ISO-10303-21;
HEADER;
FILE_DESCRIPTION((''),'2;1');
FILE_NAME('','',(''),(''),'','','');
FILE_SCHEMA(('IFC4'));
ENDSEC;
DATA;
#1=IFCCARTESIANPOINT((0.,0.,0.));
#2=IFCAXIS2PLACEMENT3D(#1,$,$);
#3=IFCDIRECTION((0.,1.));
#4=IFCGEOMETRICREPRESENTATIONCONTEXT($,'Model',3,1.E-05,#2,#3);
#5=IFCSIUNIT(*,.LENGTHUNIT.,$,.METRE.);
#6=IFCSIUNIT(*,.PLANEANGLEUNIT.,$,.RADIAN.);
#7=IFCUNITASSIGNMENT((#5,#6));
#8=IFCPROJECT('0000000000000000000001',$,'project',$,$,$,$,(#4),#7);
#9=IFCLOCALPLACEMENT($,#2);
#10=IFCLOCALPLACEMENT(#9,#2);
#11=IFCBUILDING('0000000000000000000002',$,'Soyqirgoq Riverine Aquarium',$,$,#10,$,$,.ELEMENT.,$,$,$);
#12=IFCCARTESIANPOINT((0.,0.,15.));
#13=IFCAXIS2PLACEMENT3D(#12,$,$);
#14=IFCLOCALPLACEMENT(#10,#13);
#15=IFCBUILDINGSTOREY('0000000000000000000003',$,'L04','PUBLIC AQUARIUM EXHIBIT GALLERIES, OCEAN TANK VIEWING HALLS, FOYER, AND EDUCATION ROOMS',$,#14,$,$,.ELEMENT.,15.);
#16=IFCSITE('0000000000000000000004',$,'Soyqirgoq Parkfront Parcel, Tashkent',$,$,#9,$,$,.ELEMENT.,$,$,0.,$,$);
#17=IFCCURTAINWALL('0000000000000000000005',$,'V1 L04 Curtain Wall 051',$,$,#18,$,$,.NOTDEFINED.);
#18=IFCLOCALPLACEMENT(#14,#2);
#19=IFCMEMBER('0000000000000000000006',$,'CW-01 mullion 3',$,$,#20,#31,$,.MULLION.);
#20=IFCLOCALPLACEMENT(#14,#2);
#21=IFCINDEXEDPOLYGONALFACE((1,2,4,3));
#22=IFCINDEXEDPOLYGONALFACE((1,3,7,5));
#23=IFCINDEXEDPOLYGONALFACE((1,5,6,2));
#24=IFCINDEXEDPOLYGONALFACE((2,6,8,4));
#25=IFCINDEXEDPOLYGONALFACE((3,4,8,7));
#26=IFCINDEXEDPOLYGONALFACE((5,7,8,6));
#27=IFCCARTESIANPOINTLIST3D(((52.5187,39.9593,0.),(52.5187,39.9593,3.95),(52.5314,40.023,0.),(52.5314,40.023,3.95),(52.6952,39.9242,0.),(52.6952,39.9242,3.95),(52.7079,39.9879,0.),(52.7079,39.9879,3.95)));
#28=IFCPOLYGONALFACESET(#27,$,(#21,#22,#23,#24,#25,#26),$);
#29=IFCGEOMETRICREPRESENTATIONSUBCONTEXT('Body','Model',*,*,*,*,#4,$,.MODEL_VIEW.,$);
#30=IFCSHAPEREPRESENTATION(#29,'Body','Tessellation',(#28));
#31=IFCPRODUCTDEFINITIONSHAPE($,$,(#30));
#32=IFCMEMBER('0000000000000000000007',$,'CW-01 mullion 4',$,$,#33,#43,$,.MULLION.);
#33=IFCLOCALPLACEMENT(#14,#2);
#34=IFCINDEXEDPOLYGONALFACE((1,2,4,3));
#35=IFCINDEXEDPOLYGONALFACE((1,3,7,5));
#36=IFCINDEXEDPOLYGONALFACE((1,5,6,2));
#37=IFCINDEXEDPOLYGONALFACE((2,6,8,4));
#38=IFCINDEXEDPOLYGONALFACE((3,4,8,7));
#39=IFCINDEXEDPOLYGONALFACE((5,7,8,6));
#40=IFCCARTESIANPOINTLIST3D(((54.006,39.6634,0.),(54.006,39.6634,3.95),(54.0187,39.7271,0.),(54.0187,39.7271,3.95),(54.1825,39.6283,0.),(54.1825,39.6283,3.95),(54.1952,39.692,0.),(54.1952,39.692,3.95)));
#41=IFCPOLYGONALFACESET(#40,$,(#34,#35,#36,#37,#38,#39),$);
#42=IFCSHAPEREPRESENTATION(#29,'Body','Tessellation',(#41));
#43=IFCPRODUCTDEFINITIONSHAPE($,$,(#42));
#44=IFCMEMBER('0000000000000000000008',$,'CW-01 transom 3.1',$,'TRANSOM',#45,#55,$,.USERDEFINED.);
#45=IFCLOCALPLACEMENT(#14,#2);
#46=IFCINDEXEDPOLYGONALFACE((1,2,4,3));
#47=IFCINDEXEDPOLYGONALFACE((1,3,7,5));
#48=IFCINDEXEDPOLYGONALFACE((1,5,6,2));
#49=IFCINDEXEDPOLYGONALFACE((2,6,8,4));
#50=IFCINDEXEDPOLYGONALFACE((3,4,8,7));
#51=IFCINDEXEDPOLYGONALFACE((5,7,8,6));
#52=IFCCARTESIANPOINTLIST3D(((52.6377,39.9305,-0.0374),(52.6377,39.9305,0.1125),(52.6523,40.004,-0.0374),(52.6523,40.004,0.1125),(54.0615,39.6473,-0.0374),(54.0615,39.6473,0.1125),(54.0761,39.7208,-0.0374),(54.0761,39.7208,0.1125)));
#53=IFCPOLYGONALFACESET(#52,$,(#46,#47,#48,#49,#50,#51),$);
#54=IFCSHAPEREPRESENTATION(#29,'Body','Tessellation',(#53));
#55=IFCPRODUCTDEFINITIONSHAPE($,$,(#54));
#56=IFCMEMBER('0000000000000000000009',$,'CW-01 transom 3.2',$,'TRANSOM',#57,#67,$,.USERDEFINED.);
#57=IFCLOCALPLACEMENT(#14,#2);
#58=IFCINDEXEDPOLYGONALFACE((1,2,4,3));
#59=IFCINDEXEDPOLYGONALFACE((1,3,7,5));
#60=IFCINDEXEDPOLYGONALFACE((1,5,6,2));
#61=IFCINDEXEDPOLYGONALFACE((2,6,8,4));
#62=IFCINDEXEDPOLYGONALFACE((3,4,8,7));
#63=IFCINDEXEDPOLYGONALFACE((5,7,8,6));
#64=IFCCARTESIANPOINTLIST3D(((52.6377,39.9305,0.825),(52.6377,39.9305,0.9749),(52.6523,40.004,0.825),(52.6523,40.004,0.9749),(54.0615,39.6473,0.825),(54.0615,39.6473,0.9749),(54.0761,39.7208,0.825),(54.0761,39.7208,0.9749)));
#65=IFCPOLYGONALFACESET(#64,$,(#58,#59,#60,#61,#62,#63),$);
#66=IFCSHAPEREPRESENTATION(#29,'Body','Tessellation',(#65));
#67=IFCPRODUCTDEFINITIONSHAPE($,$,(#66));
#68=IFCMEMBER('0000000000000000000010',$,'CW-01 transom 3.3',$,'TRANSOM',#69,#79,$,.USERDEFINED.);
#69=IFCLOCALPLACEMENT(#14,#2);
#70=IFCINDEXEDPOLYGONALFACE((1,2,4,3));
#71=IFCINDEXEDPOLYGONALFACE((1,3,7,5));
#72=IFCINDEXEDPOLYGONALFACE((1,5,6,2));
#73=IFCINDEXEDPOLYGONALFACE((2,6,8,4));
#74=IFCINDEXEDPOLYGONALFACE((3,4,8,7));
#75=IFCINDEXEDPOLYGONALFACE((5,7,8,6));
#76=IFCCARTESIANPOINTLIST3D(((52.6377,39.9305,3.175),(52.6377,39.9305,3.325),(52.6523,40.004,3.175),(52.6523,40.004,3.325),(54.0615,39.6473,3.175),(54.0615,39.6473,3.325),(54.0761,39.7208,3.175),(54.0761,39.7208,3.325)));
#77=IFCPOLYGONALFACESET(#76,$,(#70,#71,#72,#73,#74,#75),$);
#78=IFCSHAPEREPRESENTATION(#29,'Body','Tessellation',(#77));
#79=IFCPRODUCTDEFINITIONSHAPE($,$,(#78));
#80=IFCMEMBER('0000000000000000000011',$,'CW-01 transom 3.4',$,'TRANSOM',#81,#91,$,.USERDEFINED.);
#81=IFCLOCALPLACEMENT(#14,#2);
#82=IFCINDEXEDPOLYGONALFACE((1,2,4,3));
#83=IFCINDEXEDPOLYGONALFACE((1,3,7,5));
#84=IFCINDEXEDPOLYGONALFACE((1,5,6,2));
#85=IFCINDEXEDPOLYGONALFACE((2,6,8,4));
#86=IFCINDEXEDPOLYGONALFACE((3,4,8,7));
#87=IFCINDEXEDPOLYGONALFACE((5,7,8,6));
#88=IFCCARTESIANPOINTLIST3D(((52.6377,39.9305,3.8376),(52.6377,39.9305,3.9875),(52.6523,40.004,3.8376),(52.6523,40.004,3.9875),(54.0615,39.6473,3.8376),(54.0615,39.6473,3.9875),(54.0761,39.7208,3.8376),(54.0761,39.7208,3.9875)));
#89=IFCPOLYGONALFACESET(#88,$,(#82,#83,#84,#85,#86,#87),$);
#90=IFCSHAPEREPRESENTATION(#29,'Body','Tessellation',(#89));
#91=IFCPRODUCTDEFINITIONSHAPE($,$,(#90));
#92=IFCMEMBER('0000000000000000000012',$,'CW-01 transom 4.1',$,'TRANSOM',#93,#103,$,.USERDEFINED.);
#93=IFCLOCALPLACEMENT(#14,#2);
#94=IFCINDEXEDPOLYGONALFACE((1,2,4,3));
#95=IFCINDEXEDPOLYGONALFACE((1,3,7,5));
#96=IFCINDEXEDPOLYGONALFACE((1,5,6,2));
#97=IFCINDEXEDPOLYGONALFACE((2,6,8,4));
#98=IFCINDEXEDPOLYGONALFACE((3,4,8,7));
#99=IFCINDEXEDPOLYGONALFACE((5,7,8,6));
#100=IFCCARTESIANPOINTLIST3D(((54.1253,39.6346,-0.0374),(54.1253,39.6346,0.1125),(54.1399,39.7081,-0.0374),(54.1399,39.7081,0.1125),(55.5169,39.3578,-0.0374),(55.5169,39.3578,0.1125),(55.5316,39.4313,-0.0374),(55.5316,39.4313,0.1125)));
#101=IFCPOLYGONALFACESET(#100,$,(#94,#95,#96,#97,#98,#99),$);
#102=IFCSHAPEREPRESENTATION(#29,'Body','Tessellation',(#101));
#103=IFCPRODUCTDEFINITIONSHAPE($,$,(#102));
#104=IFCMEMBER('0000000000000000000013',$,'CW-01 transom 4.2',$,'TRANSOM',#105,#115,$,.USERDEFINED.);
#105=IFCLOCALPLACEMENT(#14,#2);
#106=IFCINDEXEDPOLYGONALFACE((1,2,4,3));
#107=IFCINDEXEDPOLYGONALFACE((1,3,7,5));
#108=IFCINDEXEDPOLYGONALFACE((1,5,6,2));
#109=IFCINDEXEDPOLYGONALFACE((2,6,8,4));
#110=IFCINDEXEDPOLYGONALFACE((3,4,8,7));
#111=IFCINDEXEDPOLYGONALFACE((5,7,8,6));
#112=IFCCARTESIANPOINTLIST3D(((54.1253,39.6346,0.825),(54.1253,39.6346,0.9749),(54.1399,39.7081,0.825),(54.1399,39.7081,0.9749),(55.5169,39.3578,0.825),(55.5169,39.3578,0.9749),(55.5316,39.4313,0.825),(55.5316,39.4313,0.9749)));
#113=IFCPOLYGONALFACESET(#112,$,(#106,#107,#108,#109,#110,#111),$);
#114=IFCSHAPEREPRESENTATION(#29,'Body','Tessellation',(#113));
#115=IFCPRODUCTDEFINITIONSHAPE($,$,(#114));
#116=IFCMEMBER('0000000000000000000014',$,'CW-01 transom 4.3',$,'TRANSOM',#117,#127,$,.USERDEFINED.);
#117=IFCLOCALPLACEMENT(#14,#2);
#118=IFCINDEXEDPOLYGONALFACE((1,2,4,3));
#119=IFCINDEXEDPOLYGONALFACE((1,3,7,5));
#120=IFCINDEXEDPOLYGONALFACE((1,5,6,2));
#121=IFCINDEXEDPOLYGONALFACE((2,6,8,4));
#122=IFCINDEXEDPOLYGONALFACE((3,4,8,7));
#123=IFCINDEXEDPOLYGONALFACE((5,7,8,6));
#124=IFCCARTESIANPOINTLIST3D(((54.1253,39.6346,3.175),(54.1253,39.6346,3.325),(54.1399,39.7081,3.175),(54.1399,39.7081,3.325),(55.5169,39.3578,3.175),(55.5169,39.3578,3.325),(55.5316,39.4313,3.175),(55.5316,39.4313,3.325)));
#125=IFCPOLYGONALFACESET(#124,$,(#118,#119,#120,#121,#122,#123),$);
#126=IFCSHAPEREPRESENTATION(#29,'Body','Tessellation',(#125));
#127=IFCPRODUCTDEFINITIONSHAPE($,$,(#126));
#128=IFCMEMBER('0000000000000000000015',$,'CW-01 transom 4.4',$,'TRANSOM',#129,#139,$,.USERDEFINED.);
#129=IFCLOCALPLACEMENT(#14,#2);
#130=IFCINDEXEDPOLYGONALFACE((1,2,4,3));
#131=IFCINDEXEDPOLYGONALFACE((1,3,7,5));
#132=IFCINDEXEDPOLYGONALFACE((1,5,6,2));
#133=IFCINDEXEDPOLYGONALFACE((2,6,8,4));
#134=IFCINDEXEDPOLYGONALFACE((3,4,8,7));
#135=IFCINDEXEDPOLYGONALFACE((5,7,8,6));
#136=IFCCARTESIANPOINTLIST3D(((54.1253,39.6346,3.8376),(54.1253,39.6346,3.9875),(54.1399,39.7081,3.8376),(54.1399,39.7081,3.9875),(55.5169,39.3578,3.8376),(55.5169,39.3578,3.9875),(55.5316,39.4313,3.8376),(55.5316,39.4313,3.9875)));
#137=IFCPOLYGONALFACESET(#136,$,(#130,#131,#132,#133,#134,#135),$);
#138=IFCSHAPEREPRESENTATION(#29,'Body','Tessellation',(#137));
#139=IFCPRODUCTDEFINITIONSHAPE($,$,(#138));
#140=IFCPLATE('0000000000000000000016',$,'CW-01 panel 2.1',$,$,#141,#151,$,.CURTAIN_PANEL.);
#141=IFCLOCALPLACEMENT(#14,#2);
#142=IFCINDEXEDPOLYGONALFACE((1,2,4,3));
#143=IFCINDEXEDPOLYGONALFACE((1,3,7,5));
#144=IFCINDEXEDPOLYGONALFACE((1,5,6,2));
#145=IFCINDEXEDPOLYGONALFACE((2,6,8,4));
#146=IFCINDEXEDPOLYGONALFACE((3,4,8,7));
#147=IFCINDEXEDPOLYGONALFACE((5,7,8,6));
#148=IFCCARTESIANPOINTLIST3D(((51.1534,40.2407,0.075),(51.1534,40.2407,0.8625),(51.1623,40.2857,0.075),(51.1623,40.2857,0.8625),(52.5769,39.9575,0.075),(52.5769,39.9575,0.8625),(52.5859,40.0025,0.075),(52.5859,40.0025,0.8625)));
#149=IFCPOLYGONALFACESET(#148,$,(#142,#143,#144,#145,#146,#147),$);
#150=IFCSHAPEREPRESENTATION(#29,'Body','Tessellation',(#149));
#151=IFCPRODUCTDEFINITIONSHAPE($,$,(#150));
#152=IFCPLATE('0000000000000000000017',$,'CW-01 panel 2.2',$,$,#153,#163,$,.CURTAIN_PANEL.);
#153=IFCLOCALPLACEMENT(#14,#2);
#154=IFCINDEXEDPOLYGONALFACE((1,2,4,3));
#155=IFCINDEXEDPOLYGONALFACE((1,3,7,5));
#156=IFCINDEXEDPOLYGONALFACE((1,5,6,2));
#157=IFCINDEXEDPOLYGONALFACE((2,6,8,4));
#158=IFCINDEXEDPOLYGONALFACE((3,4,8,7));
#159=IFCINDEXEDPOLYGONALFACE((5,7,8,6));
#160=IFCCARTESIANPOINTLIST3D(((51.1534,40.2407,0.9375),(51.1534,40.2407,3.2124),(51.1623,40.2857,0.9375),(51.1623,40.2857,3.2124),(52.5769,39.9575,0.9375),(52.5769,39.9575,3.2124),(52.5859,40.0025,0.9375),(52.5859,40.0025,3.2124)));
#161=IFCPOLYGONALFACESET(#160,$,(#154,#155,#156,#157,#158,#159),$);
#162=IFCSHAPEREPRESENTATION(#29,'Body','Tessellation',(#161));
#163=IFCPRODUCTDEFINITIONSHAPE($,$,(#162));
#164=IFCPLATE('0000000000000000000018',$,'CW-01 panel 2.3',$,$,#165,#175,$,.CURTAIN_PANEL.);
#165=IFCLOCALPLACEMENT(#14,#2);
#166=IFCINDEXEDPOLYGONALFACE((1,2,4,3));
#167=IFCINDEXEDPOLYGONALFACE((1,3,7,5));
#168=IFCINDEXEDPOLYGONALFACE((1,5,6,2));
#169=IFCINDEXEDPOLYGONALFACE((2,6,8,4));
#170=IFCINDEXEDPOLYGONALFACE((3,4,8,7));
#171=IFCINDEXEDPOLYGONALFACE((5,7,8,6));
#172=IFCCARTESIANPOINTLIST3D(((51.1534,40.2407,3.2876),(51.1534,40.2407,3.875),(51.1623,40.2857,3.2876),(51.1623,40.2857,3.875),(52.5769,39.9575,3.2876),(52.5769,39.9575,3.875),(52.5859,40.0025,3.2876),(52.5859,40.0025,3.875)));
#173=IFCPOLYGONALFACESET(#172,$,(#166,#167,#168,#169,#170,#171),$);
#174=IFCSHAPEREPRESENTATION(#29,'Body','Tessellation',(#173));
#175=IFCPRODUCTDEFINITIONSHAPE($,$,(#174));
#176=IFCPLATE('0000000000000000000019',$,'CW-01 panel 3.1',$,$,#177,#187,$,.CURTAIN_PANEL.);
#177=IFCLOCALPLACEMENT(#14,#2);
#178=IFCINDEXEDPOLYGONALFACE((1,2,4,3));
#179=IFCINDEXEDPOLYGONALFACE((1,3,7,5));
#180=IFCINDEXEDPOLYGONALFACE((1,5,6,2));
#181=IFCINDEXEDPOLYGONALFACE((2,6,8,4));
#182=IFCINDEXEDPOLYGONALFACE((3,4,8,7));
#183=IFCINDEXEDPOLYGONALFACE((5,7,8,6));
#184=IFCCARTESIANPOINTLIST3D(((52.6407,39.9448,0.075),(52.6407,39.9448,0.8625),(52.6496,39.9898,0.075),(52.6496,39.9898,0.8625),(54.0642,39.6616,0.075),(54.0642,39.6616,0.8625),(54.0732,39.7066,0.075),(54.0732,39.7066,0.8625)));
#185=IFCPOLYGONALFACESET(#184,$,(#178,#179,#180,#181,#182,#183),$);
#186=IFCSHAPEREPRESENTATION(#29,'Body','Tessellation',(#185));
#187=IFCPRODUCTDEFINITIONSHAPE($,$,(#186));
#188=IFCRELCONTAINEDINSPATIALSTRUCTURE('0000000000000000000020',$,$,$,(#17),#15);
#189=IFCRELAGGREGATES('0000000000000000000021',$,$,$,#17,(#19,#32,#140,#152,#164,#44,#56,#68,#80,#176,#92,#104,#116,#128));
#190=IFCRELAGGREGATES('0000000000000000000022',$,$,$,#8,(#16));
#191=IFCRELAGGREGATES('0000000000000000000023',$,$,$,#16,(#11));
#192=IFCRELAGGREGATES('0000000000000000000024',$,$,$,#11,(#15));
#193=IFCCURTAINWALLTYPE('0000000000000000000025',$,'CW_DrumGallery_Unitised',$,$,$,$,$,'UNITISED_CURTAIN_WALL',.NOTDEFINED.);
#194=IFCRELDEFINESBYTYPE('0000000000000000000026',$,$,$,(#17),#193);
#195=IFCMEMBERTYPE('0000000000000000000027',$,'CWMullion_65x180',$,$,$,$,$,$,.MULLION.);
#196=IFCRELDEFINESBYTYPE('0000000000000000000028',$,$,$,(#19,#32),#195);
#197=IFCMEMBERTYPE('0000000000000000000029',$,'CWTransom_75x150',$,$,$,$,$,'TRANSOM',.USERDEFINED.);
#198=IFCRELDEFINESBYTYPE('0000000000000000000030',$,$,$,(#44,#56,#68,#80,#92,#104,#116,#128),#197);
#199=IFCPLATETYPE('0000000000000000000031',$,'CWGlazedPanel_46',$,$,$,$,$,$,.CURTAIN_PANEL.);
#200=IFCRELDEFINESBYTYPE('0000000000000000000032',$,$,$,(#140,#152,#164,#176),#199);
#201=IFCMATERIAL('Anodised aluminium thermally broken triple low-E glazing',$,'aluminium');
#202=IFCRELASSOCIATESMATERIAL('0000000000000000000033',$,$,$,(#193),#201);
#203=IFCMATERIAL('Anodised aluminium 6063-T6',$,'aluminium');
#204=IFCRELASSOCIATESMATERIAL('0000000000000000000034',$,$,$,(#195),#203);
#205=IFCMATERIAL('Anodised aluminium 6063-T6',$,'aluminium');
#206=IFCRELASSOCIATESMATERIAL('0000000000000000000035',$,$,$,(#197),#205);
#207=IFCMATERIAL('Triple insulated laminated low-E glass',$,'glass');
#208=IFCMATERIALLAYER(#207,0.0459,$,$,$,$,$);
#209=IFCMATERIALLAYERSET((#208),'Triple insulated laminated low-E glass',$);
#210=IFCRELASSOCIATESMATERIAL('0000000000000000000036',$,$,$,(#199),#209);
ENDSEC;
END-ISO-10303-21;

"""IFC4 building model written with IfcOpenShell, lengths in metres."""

from ifc_helpers import new_model, si_unit, direction, frame, origin, origin_2d, place, context, subcontext, project, spatial, rectangle, extrude, material, layer, layer_set, material_profile, profile_set, type_object, element, aggregate, save


model = new_model("IFC4")

# Units and contexts
model_context = context("Model", 3, precision=1e-05, world=origin(), true_north=direction((0.0, 1.0)))
body_context = subcontext(model_context, "Body", "Model", "MODEL_VIEW")
ifc_project = project(units=[si_unit("LENGTHUNIT", "METRE"), si_unit("PLANEANGLEUNIT", "RADIAN")], contexts=[model_context])

# Site, building, storey
site_placement = place(None, origin())
site = spatial("IfcSite", under=ifc_project, at=site_placement, Name="Soyqirgoq Parkfront Parcel, Tashkent", CompositionType="ELEMENT", RefElevation=0.0)
building_placement = place(site_placement, origin())
building = spatial("IfcBuilding", under=site, at=building_placement, Name="Soyqirgoq Riverine Aquarium", CompositionType="ELEMENT")
storey_placement = place(building_placement, frame((0.0, 0.0, 15.0)))
storey = spatial("IfcBuildingStorey", under=building, at=storey_placement, Name="L04", Description="PUBLIC AQUARIUM EXHIBIT GALLERIES, OCEAN TANK VIEWING HALLS, FOYER, AND EDUCATION ROOMS", CompositionType="ELEMENT", Elevation=15.0)

# Curtain wall, members, plates
ifc_material_1 = material(Name="Anodised aluminium thermally broken triple low-E glazing", Category="aluminium")
curtain_wall_type = type_object("IfcCurtainWallType", Name="CW_DrumGallery_Unitised", ElementType="UNITISED_CURTAIN_WALL", PredefinedType="NOTDEFINED", material=ifc_material_1)
curtain_wall_placement = place(storey_placement, origin())
curtain_wall = element("IfcCurtainWall", 1, at=curtain_wall_placement, inside=storey, type_object=curtain_wall_type, Name="V1 L04 Curtain Wall 051", PredefinedType="NOTDEFINED")
ifc_material_2 = material(Name="Anodised aluminium 6063-T6", Category="aluminium")
ifc_material_profile_1 = material_profile(ifc_material_2, rectangle(XDim=0.0649, YDim=0.1799, at=origin_2d()), Name="ALU-M 65x180")
ifc_profile_set_1 = profile_set([ifc_material_profile_1], Name="Anodised aluminium 6063-T6")
member_type_1 = type_object("IfcMemberType", Name="CWMullion_65x180", PredefinedType="MULLION", material=ifc_profile_set_1)
member_1_placement = place(storey_placement, frame((52.6133, 39.9736, 0.0), z_axis=(0.0, 0.0, 1.0), x_axis=(0.195102, 0.980783, 0.0)))
member_1 = element("IfcMember", 2, at=member_1_placement, type_object=member_type_1, Name="CW-01 mullion 3", PredefinedType="MULLION", context=body_context, shape_type="SweptSolid", body=[
    extrude(rectangle(XDim=0.0649, YDim=0.1799, at=origin_2d()), origin(), (0.0, 0.0, 1.0), 3.95),
])
member_2_placement = place(storey_placement, frame((54.1006, 39.6777, 0.0), z_axis=(0.0, 0.0, 1.0), x_axis=(0.195102, 0.980783, 0.0)))
member_2 = element("IfcMember", 3, at=member_2_placement, type_object=member_type_1, Name="CW-01 mullion 4", PredefinedType="MULLION", context=body_context, shape_type="SweptSolid", body=[
    extrude(rectangle(XDim=0.0649, YDim=0.1799, at=origin_2d()), origin(), (0.0, 0.0, 1.0), 3.95),
])
ifc_material_3 = material(Name="Anodised aluminium 6063-T6", Category="aluminium")
ifc_material_profile_2 = material_profile(ifc_material_3, rectangle(XDim=0.075, YDim=0.1499, at=origin_2d()), Name="ALU-T 75x150")
ifc_profile_set_2 = profile_set([ifc_material_profile_2], Name="Anodised aluminium 6063-T6")
member_type_2 = type_object("IfcMemberType", Name="CWTransom_75x150", ElementType="TRANSOM", PredefinedType="USERDEFINED", material=ifc_profile_set_2)
member_3_placement = place(storey_placement, frame((52.645, 39.9673, 0.0376), z_axis=(0.980787, -0.195081, 0.0), x_axis=(0.195081, 0.980787, 0.0)))
member_3 = element("IfcMember", 4, at=member_3_placement, type_object=member_type_2, Name="CW-01 transom 3.1", ObjectType="TRANSOM", PredefinedType="USERDEFINED", context=body_context, shape_type="SweptSolid", body=[
    extrude(rectangle(XDim=0.075, YDim=0.1499, at=origin_2d()), origin(), (0.0, 0.0, 1.0), 1.4517),
])
member_4_placement = place(storey_placement, frame((52.645, 39.9673, 0.8999), z_axis=(0.980787, -0.195081, 0.0), x_axis=(0.195081, 0.980787, 0.0)))
member_4 = element("IfcMember", 5, at=member_4_placement, type_object=member_type_2, Name="CW-01 transom 3.2", ObjectType="TRANSOM", PredefinedType="USERDEFINED", context=body_context, shape_type="SweptSolid", body=[
    extrude(rectangle(XDim=0.075, YDim=0.1499, at=origin_2d()), origin(), (0.0, 0.0, 1.0), 1.4517),
])
member_5_placement = place(storey_placement, frame((52.645, 39.9673, 3.25), z_axis=(0.980787, -0.195081, 0.0), x_axis=(0.195081, 0.980787, 0.0)))
member_5 = element("IfcMember", 6, at=member_5_placement, type_object=member_type_2, Name="CW-01 transom 3.3", ObjectType="TRANSOM", PredefinedType="USERDEFINED", context=body_context, shape_type="SweptSolid", body=[
    extrude(rectangle(XDim=0.075, YDim=0.1499, at=origin_2d()), origin(), (0.0, 0.0, 1.0), 1.4517),
])
member_6_placement = place(storey_placement, frame((52.645, 39.9673, 3.9126), z_axis=(0.980787, -0.195081, 0.0), x_axis=(0.195081, 0.980787, 0.0)))
member_6 = element("IfcMember", 7, at=member_6_placement, type_object=member_type_2, Name="CW-01 transom 3.4", ObjectType="TRANSOM", PredefinedType="USERDEFINED", context=body_context, shape_type="SweptSolid", body=[
    extrude(rectangle(XDim=0.075, YDim=0.1499, at=origin_2d()), origin(), (0.0, 0.0, 1.0), 1.4517),
])
member_7_placement = place(storey_placement, frame((54.1326, 39.6714, 0.0376), z_axis=(0.980779, -0.195123, 0.0), x_axis=(0.195123, 0.980779, 0.0)))
member_7 = element("IfcMember", 8, at=member_7_placement, type_object=member_type_2, Name="CW-01 transom 4.1", ObjectType="TRANSOM", PredefinedType="USERDEFINED", context=body_context, shape_type="SweptSolid", body=[
    extrude(rectangle(XDim=0.075, YDim=0.1499, at=origin_2d()), origin(), (0.0, 0.0, 1.0), 1.4189),
])
member_8_placement = place(storey_placement, frame((54.1326, 39.6714, 0.8999), z_axis=(0.980779, -0.195123, 0.0), x_axis=(0.195123, 0.980779, 0.0)))
member_8 = element("IfcMember", 9, at=member_8_placement, type_object=member_type_2, Name="CW-01 transom 4.2", ObjectType="TRANSOM", PredefinedType="USERDEFINED", context=body_context, shape_type="SweptSolid", body=[
    extrude(rectangle(XDim=0.075, YDim=0.1499, at=origin_2d()), origin(), (0.0, 0.0, 1.0), 1.4189),
])
member_9_placement = place(storey_placement, frame((54.1326, 39.6714, 3.25), z_axis=(0.980779, -0.195123, 0.0), x_axis=(0.195123, 0.980779, 0.0)))
member_9 = element("IfcMember", 10, at=member_9_placement, type_object=member_type_2, Name="CW-01 transom 4.3", ObjectType="TRANSOM", PredefinedType="USERDEFINED", context=body_context, shape_type="SweptSolid", body=[
    extrude(rectangle(XDim=0.075, YDim=0.1499, at=origin_2d()), origin(), (0.0, 0.0, 1.0), 1.4189),
])
member_10_placement = place(storey_placement, frame((54.1326, 39.6714, 3.9126), z_axis=(0.980779, -0.195123, 0.0), x_axis=(0.195123, 0.980779, 0.0)))
member_10 = element("IfcMember", 11, at=member_10_placement, type_object=member_type_2, Name="CW-01 transom 4.4", ObjectType="TRANSOM", PredefinedType="USERDEFINED", context=body_context, shape_type="SweptSolid", body=[
    extrude(rectangle(XDim=0.075, YDim=0.1499, at=origin_2d()), origin(), (0.0, 0.0, 1.0), 1.4189),
])
ifc_material_4 = material(Name="Triple insulated laminated low-E glass", Category="glass")
ifc_layer_1 = layer(ifc_material_4, 0.0459)
ifc_layer_set_1 = layer_set([ifc_layer_1], Name="Triple insulated laminated low-E glass")
plate_type = type_object("IfcPlateType", Name="CWGlazedPanel_46", PredefinedType="CURTAIN_PANEL", material=ifc_layer_set_1)
plate_1_placement = place(storey_placement, frame((51.8696, 40.1216, 0.075), z_axis=(0.0, 0.0, 1.0), x_axis=(0.980783, -0.195102, 0.0)))
plate_1 = element("IfcPlate", 12, at=plate_1_placement, type_object=plate_type, Name="CW-01 panel 2.1", PredefinedType="CURTAIN_PANEL", context=body_context, shape_type="SweptSolid", body=[
    extrude(rectangle(XDim=1.4514, YDim=0.0459, at=origin_2d()), origin(), (0.0, 0.0, 1.0), 0.7876),
])
plate_2_placement = place(storey_placement, frame((51.8696, 40.1216, 0.9375), z_axis=(0.0, 0.0, 1.0), x_axis=(0.980783, -0.195102, 0.0)))
plate_2 = element("IfcPlate", 13, at=plate_2_placement, type_object=plate_type, Name="CW-01 panel 2.2", PredefinedType="CURTAIN_PANEL", context=body_context, shape_type="SweptSolid", body=[
    extrude(rectangle(XDim=1.4514, YDim=0.0459, at=origin_2d()), origin(), (0.0, 0.0, 1.0), 2.2749),
])
plate_3_placement = place(storey_placement, frame((51.8696, 40.1216, 3.2876), z_axis=(0.0, 0.0, 1.0), x_axis=(0.980783, -0.195102, 0.0)))
plate_3 = element("IfcPlate", 14, at=plate_3_placement, type_object=plate_type, Name="CW-01 panel 2.3", PredefinedType="CURTAIN_PANEL", context=body_context, shape_type="SweptSolid", body=[
    extrude(rectangle(XDim=1.4514, YDim=0.0459, at=origin_2d()), origin(), (0.0, 0.0, 1.0), 0.5874),
])
plate_4_placement = place(storey_placement, frame((53.3569, 39.8257, 0.075), z_axis=(0.0, 0.0, 1.0), x_axis=(0.980783, -0.195102, 0.0)))
plate_4 = element("IfcPlate", 15, at=plate_4_placement, type_object=plate_type, Name="CW-01 panel 3.1", PredefinedType="CURTAIN_PANEL", context=body_context, shape_type="SweptSolid", body=[
    extrude(rectangle(XDim=1.4514, YDim=0.0459, at=origin_2d()), origin(), (0.0, 0.0, 1.0), 0.7876),
])
aggregate(curtain_wall, [member_1, member_2, plate_1, plate_2, plate_3, member_3, member_4, member_5, member_6, plate_4, member_7, member_8, member_9, member_10])

save(model, "model.ifc")
